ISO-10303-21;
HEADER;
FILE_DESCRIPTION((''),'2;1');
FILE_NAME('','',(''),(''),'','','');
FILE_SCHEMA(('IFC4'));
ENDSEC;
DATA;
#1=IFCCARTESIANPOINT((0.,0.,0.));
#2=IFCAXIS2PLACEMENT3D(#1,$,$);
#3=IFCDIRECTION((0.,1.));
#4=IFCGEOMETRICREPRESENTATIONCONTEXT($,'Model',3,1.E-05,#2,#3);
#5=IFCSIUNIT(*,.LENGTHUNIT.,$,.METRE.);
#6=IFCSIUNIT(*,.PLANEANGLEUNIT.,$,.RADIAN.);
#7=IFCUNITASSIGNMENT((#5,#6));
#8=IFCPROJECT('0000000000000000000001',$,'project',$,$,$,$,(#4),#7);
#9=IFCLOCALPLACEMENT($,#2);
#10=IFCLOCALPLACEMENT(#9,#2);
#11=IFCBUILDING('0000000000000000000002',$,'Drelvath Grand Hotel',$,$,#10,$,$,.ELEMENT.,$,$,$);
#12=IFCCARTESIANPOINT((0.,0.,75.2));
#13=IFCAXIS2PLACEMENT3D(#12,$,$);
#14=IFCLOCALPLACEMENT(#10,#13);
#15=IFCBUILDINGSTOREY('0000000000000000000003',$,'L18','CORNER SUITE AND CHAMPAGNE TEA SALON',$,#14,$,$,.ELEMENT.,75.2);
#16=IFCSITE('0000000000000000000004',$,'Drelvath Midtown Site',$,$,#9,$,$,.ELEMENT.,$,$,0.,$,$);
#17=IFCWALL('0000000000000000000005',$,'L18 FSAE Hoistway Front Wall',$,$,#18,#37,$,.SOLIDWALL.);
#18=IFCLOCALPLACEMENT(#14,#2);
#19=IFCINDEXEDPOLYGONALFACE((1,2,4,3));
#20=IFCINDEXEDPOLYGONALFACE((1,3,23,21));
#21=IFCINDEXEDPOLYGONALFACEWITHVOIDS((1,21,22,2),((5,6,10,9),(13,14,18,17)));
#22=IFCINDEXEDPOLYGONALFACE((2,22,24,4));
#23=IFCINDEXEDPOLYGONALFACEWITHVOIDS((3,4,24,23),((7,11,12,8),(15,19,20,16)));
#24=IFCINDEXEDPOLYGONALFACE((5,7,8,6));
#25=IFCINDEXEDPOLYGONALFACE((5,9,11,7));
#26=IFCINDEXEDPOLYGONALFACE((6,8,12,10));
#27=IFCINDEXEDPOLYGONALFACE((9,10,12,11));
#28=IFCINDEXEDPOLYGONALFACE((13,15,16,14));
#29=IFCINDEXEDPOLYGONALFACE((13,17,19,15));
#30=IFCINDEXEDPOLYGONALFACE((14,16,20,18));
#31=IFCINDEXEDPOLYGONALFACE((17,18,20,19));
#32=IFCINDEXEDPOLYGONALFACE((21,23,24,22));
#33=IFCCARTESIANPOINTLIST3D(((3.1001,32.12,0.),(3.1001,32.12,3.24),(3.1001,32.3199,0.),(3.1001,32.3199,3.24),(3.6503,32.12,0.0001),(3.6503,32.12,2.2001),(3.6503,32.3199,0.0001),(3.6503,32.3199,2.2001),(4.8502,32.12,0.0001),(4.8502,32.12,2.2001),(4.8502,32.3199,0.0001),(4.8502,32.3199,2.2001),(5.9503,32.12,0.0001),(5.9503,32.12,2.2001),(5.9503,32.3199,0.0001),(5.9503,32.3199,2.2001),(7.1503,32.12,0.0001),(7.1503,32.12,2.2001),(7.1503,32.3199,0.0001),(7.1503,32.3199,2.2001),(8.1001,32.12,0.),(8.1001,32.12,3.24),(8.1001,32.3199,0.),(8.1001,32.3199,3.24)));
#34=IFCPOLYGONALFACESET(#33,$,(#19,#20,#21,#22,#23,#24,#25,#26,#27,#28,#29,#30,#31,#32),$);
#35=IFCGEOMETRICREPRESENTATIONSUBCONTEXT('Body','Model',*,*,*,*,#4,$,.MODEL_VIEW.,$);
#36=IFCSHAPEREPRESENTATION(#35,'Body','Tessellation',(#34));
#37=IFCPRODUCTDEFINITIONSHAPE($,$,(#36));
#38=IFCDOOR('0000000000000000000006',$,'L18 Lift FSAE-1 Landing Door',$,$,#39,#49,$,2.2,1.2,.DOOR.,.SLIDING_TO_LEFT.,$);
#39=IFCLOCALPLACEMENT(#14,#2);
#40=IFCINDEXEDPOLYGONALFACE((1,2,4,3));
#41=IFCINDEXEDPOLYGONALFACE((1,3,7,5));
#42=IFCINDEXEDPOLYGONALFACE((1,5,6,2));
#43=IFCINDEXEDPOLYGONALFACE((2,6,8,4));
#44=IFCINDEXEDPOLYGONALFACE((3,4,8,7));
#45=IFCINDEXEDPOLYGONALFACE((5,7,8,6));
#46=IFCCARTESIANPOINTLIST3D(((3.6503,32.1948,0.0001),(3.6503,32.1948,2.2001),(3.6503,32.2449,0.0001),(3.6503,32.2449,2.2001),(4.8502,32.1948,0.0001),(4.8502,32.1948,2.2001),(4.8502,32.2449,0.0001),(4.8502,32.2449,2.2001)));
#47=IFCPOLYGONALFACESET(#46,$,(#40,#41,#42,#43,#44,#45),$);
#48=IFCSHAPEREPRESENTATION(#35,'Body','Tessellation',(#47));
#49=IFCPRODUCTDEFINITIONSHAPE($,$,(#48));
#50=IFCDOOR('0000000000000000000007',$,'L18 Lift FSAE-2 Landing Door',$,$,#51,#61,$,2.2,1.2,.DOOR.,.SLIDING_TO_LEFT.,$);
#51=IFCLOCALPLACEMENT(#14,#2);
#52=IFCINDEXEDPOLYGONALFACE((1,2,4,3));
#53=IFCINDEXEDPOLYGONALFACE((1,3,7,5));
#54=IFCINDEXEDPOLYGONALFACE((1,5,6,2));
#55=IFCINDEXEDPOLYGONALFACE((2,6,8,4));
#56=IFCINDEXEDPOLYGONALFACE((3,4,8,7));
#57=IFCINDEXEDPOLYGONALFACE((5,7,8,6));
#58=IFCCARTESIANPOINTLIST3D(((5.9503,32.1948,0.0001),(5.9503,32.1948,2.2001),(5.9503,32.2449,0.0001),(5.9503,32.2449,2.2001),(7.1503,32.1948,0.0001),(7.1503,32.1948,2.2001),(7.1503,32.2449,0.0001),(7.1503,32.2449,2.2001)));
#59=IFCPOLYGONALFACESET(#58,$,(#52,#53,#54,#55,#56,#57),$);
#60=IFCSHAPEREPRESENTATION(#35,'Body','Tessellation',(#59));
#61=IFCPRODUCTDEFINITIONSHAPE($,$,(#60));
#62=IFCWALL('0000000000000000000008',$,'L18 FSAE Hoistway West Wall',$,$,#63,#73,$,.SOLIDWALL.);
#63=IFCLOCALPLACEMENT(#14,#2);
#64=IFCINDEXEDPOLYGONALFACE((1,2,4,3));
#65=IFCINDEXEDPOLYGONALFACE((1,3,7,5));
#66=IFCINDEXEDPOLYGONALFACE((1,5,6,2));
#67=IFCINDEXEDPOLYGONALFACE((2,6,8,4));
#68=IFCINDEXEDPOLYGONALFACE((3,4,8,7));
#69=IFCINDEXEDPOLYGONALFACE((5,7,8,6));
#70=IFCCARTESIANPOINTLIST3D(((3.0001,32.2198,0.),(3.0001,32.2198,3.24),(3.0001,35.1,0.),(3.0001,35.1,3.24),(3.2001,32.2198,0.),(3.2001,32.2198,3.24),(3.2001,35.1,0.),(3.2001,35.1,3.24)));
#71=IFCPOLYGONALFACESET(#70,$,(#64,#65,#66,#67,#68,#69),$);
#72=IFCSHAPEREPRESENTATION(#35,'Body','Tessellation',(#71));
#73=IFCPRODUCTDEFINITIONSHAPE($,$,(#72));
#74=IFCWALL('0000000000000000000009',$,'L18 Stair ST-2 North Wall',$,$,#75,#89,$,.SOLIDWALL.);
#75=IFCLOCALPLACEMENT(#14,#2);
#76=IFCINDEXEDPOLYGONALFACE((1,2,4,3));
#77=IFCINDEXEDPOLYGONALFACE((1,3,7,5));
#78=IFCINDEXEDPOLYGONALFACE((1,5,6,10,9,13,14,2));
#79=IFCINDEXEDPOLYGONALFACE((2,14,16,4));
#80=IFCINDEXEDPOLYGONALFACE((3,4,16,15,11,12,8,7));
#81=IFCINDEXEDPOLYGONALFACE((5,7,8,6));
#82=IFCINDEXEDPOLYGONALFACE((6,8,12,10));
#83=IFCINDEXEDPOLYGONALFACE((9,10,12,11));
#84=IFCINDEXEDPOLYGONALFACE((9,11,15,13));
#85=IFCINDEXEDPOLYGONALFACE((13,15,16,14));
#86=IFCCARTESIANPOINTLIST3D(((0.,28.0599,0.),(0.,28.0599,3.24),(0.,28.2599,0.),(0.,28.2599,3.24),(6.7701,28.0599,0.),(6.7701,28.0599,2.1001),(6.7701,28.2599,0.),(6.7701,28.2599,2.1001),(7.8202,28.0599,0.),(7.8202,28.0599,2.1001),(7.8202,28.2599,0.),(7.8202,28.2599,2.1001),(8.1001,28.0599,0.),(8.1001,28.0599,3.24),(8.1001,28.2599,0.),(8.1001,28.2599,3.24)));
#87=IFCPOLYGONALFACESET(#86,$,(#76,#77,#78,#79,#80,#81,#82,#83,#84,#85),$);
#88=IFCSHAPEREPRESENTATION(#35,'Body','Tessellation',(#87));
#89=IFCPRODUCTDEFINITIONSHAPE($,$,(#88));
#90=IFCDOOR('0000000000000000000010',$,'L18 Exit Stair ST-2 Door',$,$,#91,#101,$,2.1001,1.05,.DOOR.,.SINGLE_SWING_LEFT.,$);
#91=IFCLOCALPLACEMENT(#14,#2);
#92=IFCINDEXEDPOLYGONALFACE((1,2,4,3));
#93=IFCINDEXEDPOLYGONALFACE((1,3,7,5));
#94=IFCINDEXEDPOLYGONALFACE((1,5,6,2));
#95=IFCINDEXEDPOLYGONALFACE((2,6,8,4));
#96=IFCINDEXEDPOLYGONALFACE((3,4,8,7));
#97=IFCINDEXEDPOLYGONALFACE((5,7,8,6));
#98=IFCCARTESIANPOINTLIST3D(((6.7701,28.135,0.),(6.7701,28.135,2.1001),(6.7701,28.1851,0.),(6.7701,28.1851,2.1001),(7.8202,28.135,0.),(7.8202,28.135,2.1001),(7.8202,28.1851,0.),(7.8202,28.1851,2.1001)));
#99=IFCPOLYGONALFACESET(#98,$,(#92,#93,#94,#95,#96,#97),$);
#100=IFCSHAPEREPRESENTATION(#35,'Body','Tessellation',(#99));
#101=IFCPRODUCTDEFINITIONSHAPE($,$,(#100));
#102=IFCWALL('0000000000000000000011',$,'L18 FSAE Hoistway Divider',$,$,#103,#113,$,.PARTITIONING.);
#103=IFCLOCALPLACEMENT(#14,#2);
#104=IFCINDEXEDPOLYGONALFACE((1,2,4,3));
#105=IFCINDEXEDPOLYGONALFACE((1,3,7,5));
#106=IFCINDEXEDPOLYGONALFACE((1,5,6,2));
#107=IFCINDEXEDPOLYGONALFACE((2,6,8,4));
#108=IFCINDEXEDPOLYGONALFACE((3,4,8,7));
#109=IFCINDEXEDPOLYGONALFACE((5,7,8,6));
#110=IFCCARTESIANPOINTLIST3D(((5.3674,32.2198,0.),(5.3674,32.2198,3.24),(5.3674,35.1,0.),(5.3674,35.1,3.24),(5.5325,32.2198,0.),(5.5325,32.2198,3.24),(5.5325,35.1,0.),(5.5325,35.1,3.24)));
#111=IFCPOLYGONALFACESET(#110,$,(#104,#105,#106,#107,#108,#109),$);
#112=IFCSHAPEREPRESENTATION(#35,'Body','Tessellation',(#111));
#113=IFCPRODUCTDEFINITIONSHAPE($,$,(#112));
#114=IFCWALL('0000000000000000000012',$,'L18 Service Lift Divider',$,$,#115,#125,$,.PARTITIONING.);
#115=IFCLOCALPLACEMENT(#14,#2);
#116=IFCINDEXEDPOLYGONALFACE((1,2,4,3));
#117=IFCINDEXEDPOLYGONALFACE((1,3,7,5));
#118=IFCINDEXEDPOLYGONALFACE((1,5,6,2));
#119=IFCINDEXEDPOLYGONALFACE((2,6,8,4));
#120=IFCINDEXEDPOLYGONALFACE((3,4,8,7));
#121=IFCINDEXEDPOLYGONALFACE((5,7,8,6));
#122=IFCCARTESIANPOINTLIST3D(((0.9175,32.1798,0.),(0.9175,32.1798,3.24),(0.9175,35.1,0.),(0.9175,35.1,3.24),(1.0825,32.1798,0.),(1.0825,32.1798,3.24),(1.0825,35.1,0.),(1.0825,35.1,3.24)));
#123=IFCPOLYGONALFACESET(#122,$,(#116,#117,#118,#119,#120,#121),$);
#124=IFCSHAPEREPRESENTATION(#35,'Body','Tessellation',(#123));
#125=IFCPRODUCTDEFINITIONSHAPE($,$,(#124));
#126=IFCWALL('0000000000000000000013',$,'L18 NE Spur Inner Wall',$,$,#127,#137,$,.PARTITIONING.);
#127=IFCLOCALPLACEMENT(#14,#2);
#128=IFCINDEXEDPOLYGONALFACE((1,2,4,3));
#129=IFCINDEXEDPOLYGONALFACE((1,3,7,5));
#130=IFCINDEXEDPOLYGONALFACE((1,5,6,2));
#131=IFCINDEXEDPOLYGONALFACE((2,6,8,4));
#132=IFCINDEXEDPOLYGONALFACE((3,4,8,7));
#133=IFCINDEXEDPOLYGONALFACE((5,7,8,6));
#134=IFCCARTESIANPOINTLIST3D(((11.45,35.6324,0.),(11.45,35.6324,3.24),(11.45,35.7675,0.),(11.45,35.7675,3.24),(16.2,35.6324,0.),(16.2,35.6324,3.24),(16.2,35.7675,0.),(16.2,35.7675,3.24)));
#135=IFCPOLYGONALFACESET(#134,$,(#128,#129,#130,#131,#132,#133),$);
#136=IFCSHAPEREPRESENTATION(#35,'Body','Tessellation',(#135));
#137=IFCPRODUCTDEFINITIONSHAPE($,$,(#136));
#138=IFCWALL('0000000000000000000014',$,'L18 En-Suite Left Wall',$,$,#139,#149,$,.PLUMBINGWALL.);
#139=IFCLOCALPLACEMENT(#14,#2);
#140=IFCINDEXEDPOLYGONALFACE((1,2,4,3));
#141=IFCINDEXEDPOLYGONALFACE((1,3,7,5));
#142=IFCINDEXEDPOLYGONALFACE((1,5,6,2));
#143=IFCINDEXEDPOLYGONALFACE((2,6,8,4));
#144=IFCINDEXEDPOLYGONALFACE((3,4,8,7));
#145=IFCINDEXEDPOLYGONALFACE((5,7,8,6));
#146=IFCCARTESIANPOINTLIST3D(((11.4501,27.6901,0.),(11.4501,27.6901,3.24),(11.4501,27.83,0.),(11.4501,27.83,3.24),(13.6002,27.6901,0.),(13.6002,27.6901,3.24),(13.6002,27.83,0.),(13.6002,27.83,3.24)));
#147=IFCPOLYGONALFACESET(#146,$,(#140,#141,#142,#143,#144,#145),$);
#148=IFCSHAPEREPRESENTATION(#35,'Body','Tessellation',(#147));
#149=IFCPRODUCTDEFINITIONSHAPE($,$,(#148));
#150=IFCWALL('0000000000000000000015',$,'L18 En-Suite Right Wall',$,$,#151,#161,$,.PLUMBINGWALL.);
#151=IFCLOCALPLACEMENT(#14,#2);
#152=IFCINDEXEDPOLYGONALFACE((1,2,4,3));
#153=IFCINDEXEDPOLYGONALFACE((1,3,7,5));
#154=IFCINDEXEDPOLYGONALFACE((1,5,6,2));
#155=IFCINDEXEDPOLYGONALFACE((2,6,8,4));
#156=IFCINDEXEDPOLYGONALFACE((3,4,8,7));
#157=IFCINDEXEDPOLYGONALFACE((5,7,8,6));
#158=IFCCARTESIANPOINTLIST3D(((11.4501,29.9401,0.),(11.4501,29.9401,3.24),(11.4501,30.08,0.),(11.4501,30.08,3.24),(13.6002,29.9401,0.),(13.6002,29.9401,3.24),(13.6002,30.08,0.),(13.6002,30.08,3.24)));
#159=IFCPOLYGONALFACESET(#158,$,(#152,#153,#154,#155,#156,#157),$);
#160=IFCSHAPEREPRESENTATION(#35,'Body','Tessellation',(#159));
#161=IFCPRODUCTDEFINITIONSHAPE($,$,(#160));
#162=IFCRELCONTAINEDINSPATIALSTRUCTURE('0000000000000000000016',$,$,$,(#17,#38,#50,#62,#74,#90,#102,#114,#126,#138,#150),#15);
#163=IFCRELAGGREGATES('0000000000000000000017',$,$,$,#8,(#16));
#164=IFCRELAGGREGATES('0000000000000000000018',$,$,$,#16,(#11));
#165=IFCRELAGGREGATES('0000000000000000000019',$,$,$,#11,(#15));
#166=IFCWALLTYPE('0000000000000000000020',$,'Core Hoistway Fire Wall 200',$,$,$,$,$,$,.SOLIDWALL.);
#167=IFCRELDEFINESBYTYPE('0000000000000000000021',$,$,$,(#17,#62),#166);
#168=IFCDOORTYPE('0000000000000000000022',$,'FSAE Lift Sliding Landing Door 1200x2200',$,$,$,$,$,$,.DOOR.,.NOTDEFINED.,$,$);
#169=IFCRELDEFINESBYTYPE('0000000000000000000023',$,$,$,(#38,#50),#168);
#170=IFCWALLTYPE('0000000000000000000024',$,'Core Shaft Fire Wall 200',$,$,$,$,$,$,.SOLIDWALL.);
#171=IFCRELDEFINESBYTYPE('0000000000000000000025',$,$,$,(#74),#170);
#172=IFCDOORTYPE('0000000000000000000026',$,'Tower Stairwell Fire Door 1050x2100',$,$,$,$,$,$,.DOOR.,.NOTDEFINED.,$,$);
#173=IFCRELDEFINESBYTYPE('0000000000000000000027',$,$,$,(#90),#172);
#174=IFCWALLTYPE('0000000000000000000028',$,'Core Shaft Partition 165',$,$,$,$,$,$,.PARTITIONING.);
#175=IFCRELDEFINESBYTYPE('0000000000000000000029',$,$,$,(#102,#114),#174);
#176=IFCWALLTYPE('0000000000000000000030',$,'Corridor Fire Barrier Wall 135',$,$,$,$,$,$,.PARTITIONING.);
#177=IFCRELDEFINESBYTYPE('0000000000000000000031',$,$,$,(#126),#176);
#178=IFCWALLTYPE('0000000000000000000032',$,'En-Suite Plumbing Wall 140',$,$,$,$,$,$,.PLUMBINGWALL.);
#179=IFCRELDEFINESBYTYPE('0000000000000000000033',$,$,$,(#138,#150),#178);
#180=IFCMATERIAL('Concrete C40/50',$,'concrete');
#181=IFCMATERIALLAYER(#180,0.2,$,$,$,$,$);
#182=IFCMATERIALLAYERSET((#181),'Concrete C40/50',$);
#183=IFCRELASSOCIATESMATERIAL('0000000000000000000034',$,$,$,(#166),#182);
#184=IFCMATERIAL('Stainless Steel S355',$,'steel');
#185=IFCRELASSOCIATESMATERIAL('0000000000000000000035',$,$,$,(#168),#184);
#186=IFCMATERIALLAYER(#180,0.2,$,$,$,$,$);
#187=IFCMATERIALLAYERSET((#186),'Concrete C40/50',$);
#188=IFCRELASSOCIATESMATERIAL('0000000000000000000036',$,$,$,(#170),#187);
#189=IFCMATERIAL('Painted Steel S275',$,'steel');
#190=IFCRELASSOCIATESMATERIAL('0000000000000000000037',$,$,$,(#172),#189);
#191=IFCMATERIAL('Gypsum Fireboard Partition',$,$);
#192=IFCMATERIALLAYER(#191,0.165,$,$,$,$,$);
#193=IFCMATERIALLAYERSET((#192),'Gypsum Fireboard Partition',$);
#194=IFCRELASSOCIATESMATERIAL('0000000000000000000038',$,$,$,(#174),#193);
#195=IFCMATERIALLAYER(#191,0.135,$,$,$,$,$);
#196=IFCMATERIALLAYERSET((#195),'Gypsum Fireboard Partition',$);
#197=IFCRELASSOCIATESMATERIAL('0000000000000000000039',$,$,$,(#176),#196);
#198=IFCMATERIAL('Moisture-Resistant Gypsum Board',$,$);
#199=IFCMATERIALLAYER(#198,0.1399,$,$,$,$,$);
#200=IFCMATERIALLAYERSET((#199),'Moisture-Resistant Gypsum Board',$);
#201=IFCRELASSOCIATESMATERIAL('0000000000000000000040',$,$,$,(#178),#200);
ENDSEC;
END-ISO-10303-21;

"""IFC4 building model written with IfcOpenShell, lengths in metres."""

from ifc_helpers import new_model, si_unit, direction, frame, frame_2d, origin, place, context, subcontext, project, spatial, rectangle, extrude, material, layer, layer_set, type_object, element, fill, save


model = new_model("IFC4")

# Units and contexts
model_context = context("Model", 3, precision=1e-05, world=origin(), true_north=direction((0.0, 1.0)))
body_context = subcontext(model_context, "Body", "Model", "MODEL_VIEW")
ifc_project = project(units=[si_unit("LENGTHUNIT", "METRE"), si_unit("PLANEANGLEUNIT", "RADIAN")], contexts=[model_context])

# Site, building, storey
site_placement = place(None, origin())
site = spatial("IfcSite", under=ifc_project, at=site_placement, Name="Drelvath Midtown Site", CompositionType="ELEMENT", RefElevation=0.0)
building_placement = place(site_placement, origin())
building = spatial("IfcBuilding", under=site, at=building_placement, Name="Drelvath Grand Hotel", CompositionType="ELEMENT")
storey_placement = place(building_placement, frame((0.0, 0.0, 75.2)))
storey = spatial("IfcBuildingStorey", under=building, at=storey_placement, Name="L18", Description="CORNER SUITE AND CHAMPAGNE TEA SALON", CompositionType="ELEMENT", Elevation=75.2)

# Wall, openings, doors
ifc_material_1 = material(Name="Concrete C40/50", Category="concrete")
ifc_layer_1 = layer(ifc_material_1, 0.2)
ifc_layer_set_1 = layer_set([ifc_layer_1], Name="Concrete C40/50")
wall_type_1 = type_object("IfcWallType", Name="Core Hoistway Fire Wall 200", PredefinedType="SOLIDWALL", material=ifc_layer_set_1)
wall_1_placement = place(storey_placement, frame((3.1001, 32.22, 0.0), z_axis=(0.0, 0.0, 1.0), x_axis=(1.0, 0.0, 0.0)))
wall_1 = element("IfcWall", 1, at=wall_1_placement, inside=storey, type_object=wall_type_1, Name="L18 FSAE Hoistway Front Wall", PredefinedType="SOLIDWALL", context=body_context, shape_type="SweptSolid", body=[
    extrude(rectangle(XDim=5.0, YDim=0.2, at=frame_2d((2.5, 0.0))), origin(), (0.0, 0.0, 1.0), 3.24),
])
opening_1_placement = place(wall_1_placement, frame((0.55, 0.0, 0.0)))
opening_1 = element("IfcOpeningElement", 2, at=opening_1_placement, cuts=wall_1, PredefinedType="OPENING", context=body_context, shape_type="SweptSolid", body=[
    extrude(rectangle(XDim=1.2, YDim=2.2, at=frame_2d((0.6001, 1.1001))), frame((0.0, 0.1099, 0.0), z_axis=(0.0, -1.0, 0.0), x_axis=(1.0, 0.0, 0.0)), (0.0, 0.0, 1.0), 0.22),
])
opening_2_placement = place(wall_1_placement, frame((2.8501, 0.0, 0.0)))
opening_2 = element("IfcOpeningElement", 3, at=opening_2_placement, cuts=wall_1, PredefinedType="OPENING", context=body_context, shape_type="SweptSolid", body=[
    extrude(rectangle(XDim=1.2, YDim=2.2, at=frame_2d((0.6001, 1.1001))), frame((0.0, 0.1099, 0.0), z_axis=(0.0, -1.0, 0.0), x_axis=(1.0, 0.0, 0.0)), (0.0, 0.0, 1.0), 0.22),
])
ifc_material_2 = material(Name="Stainless Steel S355", Category="steel")
door_type_1 = type_object("IfcDoorType", Name="FSAE Lift Sliding Landing Door 1200x2200", OperationType="NOTDEFINED", PredefinedType="DOOR", material=ifc_material_2)
door_1_placement = place(opening_1_placement, origin())
door_1 = element("IfcDoor", 4, at=door_1_placement, inside=storey, type_object=door_type_1, Name="L18 Lift FSAE-1 Landing Door", OperationType="SLIDING_TO_LEFT", OverallHeight=2.2, OverallWidth=1.2, PredefinedType="DOOR", context=body_context, shape_type="SweptSolid", body=[
    extrude(rectangle(XDim=1.2, YDim=2.2, at=frame_2d((0.6001, 1.1001))), frame((0.0, 0.0249, 0.0), z_axis=(0.0, -1.0, 0.0), x_axis=(1.0, 0.0, 0.0)), (0.0, 0.0, 1.0), 0.05),
])
fill(opening_1, door_1)
door_2_placement = place(opening_2_placement, origin())
door_2 = element("IfcDoor", 5, at=door_2_placement, inside=storey, type_object=door_type_1, Name="L18 Lift FSAE-2 Landing Door", OperationType="SLIDING_TO_LEFT", OverallHeight=2.2, OverallWidth=1.2, PredefinedType="DOOR", context=body_context, shape_type="SweptSolid", body=[
    extrude(rectangle(XDim=1.2, YDim=2.2, at=frame_2d((0.6001, 1.1001))), frame((0.0, 0.0249, 0.0), z_axis=(0.0, -1.0, 0.0), x_axis=(1.0, 0.0, 0.0)), (0.0, 0.0, 1.0), 0.05),
])
fill(opening_2, door_2)

# Wall
wall_2_placement = place(storey_placement, frame((3.1001, 32.22, 0.0), z_axis=(0.0, 0.0, 1.0), x_axis=(0.0, 1.0, 0.0)))
element("IfcWall", 6, at=wall_2_placement, inside=storey, type_object=wall_type_1, Name="L18 FSAE Hoistway West Wall", PredefinedType="SOLIDWALL", context=body_context, shape_type="SweptSolid", body=[
    extrude(rectangle(XDim=2.8801, YDim=0.2, at=frame_2d((1.4399, 0.0))), origin(), (0.0, 0.0, 1.0), 3.24),
])

# Wall, opening, door
ifc_layer_2 = layer(ifc_material_1, 0.2)
ifc_layer_set_2 = layer_set([ifc_layer_2], Name="Concrete C40/50")
wall_type_2 = type_object("IfcWallType", Name="Core Shaft Fire Wall 200", PredefinedType="SOLIDWALL", material=ifc_layer_set_2)
wall_3_placement = place(storey_placement, frame((8.1001, 28.1599, 0.0), z_axis=(0.0, 0.0, 1.0), x_axis=(-1.0, 0.0, 0.0)))
wall_3 = element("IfcWall", 7, at=wall_3_placement, inside=storey, type_object=wall_type_2, Name="L18 Stair ST-2 North Wall", PredefinedType="SOLIDWALL", context=body_context, shape_type="SweptSolid", body=[
    extrude(rectangle(XDim=8.1001, YDim=0.2, at=frame_2d((4.05, 0.0))), origin(), (0.0, 0.0, 1.0), 3.24),
])
opening_3_placement = place(wall_3_placement, frame((0.28, 0.0, 0.0)))
opening_3 = element("IfcOpeningElement", 8, at=opening_3_placement, cuts=wall_3, PredefinedType="OPENING", context=body_context, shape_type="SweptSolid", body=[
    extrude(rectangle(XDim=1.05, YDim=2.1001, at=frame_2d((0.5249, 1.05))), frame((0.0, 0.1099, 0.0), z_axis=(0.0, -1.0, 0.0), x_axis=(1.0, 0.0, 0.0)), (0.0, 0.0, 1.0), 0.22),
])
ifc_material_3 = material(Name="Painted Steel S275", Category="steel")
door_type_2 = type_object("IfcDoorType", Name="Tower Stairwell Fire Door 1050x2100", OperationType="NOTDEFINED", PredefinedType="DOOR", material=ifc_material_3)
door_3_placement = place(opening_3_placement, origin())
door_3 = element("IfcDoor", 9, at=door_3_placement, inside=storey, type_object=door_type_2, Name="L18 Exit Stair ST-2 Door", OperationType="SINGLE_SWING_LEFT", OverallHeight=2.1001, OverallWidth=1.05, PredefinedType="DOOR", context=body_context, shape_type="SweptSolid", body=[
    extrude(rectangle(XDim=1.05, YDim=2.1001, at=frame_2d((0.5249, 1.05))), frame((0.0, 0.0249, 0.0), z_axis=(0.0, -1.0, 0.0), x_axis=(1.0, 0.0, 0.0)), (0.0, 0.0, 1.0), 0.05),
])
fill(opening_3, door_3)

# Walls
ifc_material_4 = material(Name="Gypsum Fireboard Partition")
ifc_layer_3 = layer(ifc_material_4, 0.165)
ifc_layer_set_3 = layer_set([ifc_layer_3], Name="Gypsum Fireboard Partition")
wall_type_3 = type_object("IfcWallType", Name="Core Shaft Partition 165", PredefinedType="PARTITIONING", material=ifc_layer_set_3)
wall_4_placement = place(storey_placement, frame((5.45, 32.22, 0.0), z_axis=(0.0, 0.0, 1.0), x_axis=(0.0, 1.0, 0.0)))
element("IfcWall", 10, at=wall_4_placement, inside=storey, type_object=wall_type_3, Name="L18 FSAE Hoistway Divider", PredefinedType="PARTITIONING", context=body_context, shape_type="SweptSolid", body=[
    extrude(rectangle(XDim=2.8801, YDim=0.165, at=frame_2d((1.4399, 0.0))), origin(), (0.0, 0.0, 1.0), 3.24),
])
wall_5_placement = place(storey_placement, frame((1.0, 32.1799, 0.0), z_axis=(0.0, 0.0, 1.0), x_axis=(0.0, 1.0, 0.0)))
element("IfcWall", 11, at=wall_5_placement, inside=storey, type_object=wall_type_3, Name="L18 Service Lift Divider", PredefinedType="PARTITIONING", context=body_context, shape_type="SweptSolid", body=[
    extrude(rectangle(XDim=2.9202, YDim=0.165, at=frame_2d((1.46, 0.0))), origin(), (0.0, 0.0, 1.0), 3.24),
])
ifc_layer_4 = layer(ifc_material_4, 0.135)
ifc_layer_set_4 = layer_set([ifc_layer_4], Name="Gypsum Fireboard Partition")
wall_type_4 = type_object("IfcWallType", Name="Corridor Fire Barrier Wall 135", PredefinedType="PARTITIONING", material=ifc_layer_set_4)
wall_6_placement = place(storey_placement, frame((11.45, 35.7, 0.0), z_axis=(0.0, 0.0, 1.0), x_axis=(1.0, 0.0, 0.0)))
element("IfcWall", 12, at=wall_6_placement, inside=storey, type_object=wall_type_4, Name="L18 NE Spur Inner Wall", PredefinedType="PARTITIONING", context=body_context, shape_type="SweptSolid", body=[
    extrude(rectangle(XDim=4.75, YDim=0.135, at=frame_2d((2.375, 0.0))), origin(), (0.0, 0.0, 1.0), 3.24),
])
ifc_material_5 = material(Name="Moisture-Resistant Gypsum Board")
ifc_layer_5 = layer(ifc_material_5, 0.1399)
ifc_layer_set_5 = layer_set([ifc_layer_5], Name="Moisture-Resistant Gypsum Board")
wall_type_5 = type_object("IfcWallType", Name="En-Suite Plumbing Wall 140", PredefinedType="PLUMBINGWALL", material=ifc_layer_set_5)
for number, where, z_axis, x_axis, name in (
    (13, (11.45, 27.76, 0.0), (0.0, 0.0, 1.0), (1.0, 0.0, 0.0), "L18 En-Suite Left Wall"),
    (14, (11.45, 30.01, 0.0), (0.0, 0.0, 1.0), (1.0, 0.0, 0.0), "L18 En-Suite Right Wall"),
):
    element("IfcWall", number, at=place(storey_placement, frame(where, z_axis=z_axis, x_axis=x_axis)), inside=storey, type_object=wall_type_5, Name=name, PredefinedType="PLUMBINGWALL", context=body_context, shape_type="SweptSolid", body=[
        extrude(rectangle(XDim=2.1501, YDim=0.1399, at=frame_2d((1.0752, 0.0))), origin(), (0.0, 0.0, 1.0), 3.24),
    ])

save(model, "model.ifc")
